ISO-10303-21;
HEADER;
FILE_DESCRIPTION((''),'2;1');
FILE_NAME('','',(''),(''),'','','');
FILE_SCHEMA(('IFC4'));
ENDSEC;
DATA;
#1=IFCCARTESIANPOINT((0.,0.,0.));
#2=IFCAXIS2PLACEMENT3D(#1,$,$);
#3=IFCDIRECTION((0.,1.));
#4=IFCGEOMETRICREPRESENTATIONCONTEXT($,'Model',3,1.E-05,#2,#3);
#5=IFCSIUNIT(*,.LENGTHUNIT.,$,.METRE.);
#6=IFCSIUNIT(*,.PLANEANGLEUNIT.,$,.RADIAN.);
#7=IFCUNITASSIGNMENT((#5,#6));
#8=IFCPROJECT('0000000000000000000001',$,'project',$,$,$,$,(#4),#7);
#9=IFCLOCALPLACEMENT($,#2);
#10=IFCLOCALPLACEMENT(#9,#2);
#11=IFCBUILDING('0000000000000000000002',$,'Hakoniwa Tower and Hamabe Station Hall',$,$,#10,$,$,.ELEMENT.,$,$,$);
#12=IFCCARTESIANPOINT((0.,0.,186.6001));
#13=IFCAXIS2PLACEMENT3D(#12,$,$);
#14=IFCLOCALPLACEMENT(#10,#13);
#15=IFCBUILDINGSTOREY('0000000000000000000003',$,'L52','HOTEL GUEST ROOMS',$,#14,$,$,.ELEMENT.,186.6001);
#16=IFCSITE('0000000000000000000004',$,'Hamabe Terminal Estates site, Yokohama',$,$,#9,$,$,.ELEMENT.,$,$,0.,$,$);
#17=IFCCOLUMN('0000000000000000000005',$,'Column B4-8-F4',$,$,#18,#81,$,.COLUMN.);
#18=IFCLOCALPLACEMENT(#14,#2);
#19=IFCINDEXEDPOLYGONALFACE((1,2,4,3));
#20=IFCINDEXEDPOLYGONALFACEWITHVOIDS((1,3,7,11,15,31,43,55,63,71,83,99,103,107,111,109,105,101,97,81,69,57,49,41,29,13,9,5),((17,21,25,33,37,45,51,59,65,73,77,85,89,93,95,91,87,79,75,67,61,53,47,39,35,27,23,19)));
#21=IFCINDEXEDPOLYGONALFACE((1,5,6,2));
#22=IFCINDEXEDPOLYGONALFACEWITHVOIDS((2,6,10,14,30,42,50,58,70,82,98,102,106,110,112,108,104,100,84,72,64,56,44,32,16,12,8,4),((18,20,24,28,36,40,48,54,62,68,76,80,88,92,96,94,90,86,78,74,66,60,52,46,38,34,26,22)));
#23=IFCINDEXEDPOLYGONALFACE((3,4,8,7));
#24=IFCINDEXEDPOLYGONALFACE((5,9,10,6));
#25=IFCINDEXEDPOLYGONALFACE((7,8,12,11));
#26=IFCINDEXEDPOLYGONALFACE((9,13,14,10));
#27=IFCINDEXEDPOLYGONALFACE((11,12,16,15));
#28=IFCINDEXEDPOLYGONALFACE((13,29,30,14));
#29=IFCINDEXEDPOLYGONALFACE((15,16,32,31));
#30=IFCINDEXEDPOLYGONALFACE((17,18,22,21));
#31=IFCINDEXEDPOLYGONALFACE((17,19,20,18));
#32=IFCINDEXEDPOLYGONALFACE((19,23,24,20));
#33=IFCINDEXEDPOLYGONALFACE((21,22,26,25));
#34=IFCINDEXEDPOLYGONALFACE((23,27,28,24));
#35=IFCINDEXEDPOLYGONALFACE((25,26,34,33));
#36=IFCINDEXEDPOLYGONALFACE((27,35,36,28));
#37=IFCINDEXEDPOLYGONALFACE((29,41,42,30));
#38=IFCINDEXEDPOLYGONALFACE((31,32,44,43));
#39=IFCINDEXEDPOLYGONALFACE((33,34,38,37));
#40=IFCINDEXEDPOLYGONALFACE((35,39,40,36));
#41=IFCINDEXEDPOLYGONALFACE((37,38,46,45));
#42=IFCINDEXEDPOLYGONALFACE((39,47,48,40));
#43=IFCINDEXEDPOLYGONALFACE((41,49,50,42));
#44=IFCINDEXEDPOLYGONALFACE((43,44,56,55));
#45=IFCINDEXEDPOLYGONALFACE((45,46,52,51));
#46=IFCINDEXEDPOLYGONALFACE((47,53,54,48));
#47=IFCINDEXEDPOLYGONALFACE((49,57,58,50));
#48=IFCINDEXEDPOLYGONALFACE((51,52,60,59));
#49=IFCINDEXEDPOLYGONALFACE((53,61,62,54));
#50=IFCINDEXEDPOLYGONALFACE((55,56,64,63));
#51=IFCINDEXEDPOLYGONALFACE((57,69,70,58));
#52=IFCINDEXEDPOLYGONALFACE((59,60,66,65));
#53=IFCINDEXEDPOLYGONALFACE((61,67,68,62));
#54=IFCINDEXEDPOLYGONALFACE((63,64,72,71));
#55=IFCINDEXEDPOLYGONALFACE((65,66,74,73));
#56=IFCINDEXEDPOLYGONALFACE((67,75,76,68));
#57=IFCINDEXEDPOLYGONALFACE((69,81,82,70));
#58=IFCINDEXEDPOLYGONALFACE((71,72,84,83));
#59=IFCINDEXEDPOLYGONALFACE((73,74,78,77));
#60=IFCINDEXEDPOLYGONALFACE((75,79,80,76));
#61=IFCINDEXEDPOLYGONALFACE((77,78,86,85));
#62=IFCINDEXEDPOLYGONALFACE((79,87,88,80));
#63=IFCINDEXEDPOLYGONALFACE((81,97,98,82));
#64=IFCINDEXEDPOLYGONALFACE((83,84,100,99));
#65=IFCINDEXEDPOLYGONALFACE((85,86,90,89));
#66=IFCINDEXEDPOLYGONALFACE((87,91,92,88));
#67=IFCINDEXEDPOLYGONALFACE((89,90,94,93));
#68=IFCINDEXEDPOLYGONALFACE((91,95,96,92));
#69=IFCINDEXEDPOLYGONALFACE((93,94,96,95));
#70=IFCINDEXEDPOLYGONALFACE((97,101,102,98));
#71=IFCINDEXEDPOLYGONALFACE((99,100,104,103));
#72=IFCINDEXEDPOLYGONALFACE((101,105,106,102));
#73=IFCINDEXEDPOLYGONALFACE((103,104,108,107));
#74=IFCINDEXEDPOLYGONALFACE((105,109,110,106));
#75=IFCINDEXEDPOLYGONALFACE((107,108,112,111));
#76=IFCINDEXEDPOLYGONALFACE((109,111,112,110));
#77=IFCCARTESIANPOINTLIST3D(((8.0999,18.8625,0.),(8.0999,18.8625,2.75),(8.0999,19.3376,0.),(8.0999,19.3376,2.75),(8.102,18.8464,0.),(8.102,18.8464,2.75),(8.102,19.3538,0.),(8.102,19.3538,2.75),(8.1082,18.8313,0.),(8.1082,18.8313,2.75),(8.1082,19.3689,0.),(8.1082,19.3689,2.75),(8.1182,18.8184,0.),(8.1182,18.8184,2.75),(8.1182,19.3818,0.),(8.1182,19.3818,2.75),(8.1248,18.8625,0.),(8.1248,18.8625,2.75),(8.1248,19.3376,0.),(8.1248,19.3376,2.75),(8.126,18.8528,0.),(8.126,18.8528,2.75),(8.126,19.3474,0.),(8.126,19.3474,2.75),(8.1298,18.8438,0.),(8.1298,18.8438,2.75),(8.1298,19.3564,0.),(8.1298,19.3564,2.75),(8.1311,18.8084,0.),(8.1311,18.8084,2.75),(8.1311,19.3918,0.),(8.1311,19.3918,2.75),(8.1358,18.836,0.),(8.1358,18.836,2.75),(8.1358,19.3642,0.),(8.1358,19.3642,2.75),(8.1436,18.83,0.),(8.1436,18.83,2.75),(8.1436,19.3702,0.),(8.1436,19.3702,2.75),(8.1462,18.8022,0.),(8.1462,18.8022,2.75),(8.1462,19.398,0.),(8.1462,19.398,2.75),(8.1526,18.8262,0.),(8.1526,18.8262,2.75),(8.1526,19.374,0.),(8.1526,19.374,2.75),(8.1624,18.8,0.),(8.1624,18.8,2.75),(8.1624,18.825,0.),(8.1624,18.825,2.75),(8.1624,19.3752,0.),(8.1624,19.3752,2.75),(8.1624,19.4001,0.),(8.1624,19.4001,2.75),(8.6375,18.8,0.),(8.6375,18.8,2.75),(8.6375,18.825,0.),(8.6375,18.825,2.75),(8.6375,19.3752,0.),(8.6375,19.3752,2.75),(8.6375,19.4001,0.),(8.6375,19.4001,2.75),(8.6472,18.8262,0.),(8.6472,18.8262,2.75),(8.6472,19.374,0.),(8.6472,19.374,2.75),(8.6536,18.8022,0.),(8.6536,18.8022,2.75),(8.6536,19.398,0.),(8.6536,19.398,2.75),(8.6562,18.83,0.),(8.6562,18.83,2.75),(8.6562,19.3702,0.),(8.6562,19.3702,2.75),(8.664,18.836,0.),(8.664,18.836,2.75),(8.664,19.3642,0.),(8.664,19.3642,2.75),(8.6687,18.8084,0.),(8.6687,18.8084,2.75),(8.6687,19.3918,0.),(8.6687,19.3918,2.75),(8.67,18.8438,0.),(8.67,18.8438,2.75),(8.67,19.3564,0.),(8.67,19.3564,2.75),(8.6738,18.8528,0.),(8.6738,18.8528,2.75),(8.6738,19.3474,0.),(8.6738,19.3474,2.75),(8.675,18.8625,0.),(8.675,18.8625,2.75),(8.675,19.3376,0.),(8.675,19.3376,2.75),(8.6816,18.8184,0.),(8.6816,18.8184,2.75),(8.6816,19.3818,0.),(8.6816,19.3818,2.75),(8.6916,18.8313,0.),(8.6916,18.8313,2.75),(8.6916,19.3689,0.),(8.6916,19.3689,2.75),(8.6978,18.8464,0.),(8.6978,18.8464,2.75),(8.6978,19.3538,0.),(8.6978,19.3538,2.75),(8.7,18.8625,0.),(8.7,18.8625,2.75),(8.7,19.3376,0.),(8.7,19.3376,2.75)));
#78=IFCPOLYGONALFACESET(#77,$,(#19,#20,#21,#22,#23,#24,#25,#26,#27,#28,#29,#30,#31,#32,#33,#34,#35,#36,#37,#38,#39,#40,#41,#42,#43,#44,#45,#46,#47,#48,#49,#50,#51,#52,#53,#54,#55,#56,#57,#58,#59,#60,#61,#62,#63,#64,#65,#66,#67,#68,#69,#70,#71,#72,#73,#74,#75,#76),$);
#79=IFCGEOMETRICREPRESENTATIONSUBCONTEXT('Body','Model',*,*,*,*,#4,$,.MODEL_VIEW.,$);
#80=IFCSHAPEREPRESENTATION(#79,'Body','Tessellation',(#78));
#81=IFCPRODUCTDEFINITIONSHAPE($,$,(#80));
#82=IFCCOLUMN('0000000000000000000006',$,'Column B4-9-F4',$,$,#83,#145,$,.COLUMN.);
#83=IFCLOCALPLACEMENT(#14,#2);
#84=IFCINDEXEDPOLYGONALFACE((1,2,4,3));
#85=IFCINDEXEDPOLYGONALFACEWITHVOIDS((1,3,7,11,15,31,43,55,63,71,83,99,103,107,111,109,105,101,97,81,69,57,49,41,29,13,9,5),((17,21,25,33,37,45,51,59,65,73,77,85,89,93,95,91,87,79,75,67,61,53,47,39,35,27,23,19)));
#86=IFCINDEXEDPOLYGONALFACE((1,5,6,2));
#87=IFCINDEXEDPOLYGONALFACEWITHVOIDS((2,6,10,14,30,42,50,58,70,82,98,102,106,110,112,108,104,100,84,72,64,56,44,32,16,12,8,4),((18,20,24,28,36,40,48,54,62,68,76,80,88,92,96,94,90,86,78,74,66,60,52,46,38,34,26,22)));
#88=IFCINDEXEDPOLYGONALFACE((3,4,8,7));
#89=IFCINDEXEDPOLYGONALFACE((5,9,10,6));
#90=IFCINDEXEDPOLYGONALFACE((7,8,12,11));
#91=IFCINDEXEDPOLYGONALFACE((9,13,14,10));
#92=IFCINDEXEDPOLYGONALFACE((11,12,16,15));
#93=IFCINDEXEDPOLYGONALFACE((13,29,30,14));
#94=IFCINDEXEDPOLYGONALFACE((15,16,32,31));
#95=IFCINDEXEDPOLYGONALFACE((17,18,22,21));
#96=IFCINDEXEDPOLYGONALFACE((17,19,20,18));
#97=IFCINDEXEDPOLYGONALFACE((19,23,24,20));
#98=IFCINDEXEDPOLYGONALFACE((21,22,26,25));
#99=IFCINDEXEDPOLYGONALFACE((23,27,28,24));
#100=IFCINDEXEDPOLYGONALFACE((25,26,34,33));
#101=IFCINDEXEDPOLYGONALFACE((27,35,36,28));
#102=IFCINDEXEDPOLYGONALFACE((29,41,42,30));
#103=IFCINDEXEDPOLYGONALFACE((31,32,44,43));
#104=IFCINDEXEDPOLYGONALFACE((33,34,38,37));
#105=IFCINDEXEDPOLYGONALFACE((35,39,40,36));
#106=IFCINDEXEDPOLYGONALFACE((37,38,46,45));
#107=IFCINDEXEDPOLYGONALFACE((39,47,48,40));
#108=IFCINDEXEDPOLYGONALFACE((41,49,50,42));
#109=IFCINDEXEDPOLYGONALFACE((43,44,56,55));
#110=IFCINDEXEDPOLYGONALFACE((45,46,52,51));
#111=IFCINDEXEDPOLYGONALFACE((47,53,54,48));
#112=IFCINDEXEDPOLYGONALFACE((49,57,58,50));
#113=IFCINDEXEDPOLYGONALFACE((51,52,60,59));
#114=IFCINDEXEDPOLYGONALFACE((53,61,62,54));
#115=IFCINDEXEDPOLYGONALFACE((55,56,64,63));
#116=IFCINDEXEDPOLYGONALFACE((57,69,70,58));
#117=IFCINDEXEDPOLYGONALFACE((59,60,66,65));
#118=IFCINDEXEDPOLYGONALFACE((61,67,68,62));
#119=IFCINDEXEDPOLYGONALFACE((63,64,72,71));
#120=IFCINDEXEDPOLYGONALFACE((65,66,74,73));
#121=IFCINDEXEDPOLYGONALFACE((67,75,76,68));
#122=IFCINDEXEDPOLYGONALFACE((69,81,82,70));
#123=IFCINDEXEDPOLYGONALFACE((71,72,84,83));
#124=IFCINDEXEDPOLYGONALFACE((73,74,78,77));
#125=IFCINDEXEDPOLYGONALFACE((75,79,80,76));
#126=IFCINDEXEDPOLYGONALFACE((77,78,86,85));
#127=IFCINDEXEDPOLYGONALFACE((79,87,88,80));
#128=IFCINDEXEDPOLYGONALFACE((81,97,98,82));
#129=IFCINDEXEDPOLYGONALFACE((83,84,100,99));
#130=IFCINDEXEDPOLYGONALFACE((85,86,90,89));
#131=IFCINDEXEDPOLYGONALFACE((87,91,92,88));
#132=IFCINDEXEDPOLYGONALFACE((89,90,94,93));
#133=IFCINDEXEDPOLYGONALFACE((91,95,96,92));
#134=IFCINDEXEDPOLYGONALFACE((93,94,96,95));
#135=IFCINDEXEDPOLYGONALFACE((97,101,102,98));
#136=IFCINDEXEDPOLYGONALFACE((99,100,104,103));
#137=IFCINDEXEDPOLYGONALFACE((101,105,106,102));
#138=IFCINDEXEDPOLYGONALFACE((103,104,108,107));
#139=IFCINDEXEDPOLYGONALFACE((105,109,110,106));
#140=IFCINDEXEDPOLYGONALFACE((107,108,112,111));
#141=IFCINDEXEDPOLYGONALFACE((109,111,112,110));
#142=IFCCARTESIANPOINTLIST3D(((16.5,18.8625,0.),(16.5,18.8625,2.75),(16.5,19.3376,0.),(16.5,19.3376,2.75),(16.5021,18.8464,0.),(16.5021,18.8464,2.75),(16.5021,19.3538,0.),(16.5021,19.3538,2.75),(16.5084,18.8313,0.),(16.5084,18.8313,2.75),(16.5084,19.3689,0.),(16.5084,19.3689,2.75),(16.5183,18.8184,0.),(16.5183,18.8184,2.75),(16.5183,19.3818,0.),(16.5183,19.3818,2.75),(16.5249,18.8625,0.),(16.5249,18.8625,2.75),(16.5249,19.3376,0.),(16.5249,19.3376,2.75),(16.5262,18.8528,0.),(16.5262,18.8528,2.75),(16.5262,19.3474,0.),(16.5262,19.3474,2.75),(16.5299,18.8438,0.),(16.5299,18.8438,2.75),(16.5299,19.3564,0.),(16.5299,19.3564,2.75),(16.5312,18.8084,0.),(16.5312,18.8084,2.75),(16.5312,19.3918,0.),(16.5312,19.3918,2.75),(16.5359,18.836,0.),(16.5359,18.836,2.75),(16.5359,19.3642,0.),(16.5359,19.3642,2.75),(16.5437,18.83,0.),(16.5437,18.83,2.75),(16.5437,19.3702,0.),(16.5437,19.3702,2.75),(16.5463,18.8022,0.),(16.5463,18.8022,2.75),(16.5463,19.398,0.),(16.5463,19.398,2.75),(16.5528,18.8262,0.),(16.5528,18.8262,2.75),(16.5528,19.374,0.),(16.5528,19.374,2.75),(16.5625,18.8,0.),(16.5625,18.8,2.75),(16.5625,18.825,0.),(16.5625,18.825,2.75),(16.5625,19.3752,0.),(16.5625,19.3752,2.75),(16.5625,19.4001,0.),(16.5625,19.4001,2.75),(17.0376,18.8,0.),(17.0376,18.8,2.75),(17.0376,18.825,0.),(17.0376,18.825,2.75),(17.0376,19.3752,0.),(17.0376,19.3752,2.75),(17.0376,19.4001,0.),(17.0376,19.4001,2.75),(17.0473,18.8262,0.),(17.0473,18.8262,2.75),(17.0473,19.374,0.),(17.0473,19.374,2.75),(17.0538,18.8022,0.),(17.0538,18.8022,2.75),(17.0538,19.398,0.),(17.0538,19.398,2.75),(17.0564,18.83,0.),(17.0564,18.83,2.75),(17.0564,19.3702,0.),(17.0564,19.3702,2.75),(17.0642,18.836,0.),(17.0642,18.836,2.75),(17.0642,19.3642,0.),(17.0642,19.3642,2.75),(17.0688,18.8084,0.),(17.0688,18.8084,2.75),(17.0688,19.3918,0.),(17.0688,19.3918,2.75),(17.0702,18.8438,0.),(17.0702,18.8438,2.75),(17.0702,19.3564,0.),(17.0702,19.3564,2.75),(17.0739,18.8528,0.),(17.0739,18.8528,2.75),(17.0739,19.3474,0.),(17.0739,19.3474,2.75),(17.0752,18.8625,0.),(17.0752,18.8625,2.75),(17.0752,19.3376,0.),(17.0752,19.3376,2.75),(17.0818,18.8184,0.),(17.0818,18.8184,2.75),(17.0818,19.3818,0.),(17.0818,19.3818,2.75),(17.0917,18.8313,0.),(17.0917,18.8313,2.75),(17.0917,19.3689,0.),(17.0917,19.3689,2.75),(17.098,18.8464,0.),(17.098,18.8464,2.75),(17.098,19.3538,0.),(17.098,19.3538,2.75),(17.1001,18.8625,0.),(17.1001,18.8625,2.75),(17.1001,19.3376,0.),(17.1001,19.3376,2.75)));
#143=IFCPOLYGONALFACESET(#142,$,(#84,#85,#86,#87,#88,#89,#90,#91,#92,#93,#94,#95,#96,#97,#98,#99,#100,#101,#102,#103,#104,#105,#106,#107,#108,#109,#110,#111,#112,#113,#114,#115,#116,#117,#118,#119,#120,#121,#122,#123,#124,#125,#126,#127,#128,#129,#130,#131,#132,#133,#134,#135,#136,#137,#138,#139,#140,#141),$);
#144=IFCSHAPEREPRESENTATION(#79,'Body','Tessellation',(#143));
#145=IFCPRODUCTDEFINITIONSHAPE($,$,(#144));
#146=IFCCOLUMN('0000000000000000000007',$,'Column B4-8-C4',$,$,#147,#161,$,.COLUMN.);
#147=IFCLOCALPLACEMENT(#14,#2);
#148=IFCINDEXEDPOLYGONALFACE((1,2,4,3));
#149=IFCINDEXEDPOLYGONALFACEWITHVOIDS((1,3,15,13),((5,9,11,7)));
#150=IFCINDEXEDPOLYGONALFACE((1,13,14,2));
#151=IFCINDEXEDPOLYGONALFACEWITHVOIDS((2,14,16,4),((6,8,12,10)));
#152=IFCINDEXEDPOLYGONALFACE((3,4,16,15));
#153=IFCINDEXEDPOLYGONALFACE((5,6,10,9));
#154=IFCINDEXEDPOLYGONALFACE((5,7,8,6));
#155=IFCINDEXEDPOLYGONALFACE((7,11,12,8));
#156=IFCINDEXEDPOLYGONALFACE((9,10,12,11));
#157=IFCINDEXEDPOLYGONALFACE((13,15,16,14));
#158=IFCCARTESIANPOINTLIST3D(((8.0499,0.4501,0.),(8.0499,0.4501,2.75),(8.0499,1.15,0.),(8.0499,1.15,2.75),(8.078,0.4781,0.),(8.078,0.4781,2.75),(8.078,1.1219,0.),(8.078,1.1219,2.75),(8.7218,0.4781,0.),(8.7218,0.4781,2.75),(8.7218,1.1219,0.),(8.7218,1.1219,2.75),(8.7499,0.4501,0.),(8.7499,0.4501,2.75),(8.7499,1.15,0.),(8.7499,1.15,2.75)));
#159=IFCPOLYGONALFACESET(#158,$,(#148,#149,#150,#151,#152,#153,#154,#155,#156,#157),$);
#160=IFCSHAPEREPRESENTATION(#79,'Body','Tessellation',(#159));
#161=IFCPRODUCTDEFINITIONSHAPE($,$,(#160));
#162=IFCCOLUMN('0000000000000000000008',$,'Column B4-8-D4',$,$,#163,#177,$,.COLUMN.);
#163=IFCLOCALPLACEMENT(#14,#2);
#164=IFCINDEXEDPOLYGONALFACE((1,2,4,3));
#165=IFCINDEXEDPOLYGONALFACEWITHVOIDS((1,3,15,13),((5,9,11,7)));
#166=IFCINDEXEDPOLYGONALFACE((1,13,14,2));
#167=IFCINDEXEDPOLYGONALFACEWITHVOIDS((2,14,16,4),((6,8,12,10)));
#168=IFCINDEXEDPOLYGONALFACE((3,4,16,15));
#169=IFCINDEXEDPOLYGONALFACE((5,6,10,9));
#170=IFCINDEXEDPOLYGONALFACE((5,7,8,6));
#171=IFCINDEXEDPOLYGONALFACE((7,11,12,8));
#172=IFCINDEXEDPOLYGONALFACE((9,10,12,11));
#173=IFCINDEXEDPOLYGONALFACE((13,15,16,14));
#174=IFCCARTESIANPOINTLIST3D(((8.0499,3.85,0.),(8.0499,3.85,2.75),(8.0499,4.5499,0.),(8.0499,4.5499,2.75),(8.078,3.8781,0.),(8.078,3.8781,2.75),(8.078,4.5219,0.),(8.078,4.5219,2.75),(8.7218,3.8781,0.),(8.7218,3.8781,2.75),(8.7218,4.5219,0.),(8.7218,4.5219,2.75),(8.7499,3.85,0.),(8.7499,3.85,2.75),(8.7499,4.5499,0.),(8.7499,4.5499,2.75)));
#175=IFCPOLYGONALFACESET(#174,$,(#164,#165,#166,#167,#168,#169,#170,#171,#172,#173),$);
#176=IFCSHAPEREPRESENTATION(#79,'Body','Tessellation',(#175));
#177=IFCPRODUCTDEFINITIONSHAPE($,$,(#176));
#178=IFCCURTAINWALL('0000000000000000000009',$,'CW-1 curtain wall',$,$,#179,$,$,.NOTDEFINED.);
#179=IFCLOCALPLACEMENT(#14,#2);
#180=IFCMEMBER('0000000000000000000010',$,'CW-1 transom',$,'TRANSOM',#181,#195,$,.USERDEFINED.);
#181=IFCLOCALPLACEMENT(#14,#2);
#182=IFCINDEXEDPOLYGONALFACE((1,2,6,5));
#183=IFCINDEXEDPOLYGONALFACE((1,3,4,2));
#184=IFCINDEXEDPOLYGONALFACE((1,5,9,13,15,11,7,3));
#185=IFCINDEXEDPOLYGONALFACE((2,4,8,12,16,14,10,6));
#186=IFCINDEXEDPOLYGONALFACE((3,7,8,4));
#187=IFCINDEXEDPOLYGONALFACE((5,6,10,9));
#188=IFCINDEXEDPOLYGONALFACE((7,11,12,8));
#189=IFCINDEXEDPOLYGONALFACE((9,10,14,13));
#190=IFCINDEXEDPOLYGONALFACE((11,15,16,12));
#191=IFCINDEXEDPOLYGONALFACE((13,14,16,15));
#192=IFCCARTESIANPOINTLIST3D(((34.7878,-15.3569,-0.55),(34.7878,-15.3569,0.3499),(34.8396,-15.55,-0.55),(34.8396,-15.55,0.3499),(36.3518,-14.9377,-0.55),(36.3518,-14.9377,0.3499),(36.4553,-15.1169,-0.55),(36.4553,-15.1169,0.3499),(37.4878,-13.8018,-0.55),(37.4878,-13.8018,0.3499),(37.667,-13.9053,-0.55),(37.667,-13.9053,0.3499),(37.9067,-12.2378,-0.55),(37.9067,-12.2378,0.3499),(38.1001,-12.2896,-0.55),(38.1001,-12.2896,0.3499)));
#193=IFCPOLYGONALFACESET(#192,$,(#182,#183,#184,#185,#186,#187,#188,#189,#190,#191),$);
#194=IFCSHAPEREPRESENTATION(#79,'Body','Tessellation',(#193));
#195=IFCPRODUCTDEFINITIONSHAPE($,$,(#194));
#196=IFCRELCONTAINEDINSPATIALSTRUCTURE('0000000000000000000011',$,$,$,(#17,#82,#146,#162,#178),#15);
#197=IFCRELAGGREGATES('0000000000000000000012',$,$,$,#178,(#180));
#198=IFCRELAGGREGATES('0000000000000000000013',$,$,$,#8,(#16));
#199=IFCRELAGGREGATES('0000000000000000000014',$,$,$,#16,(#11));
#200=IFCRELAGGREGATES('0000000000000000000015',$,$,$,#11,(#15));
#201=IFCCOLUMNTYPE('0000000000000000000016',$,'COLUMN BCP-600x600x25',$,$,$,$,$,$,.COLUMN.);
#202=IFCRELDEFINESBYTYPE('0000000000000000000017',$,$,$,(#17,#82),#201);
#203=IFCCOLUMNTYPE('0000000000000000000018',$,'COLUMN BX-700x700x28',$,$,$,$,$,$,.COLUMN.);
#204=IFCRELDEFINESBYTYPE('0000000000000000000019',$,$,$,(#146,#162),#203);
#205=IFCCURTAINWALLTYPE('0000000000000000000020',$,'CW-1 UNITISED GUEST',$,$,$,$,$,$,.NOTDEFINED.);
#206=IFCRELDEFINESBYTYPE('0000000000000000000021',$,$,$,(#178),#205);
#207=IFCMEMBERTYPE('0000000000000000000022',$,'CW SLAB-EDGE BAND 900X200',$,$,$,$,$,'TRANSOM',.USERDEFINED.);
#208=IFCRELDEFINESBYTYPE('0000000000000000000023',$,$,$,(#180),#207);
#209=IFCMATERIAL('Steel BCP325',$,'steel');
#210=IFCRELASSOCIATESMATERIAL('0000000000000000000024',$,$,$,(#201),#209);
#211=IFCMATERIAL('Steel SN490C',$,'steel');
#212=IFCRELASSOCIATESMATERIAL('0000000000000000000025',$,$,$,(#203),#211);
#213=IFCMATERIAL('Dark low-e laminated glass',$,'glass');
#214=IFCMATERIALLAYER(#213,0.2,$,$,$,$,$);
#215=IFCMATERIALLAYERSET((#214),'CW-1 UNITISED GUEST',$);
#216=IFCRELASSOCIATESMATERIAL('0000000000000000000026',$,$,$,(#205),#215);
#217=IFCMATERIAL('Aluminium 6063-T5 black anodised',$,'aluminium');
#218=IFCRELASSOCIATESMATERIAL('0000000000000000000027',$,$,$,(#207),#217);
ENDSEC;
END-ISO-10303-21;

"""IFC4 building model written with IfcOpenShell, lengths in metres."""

from ifc_helpers import new_model, si_unit, direction, frame, origin, origin_2d, place, context, subcontext, project, spatial, polyline, rectangle, hollow_rectangle, outline, extrude, material, layer, layer_set, material_profile, profile_set, type_object, element, aggregate, save


model = new_model("IFC4")

# Units and contexts
model_context = context("Model", 3, precision=1e-05, world=origin(), true_north=direction((0.0, 1.0)))
body_context = subcontext(model_context, "Body", "Model", "MODEL_VIEW")
ifc_project = project(units=[si_unit("LENGTHUNIT", "METRE"), si_unit("PLANEANGLEUNIT", "RADIAN")], contexts=[model_context])

# Site, building, storey
site_placement = place(None, origin())
site = spatial("IfcSite", under=ifc_project, at=site_placement, Name="Hamabe Terminal Estates site, Yokohama", CompositionType="ELEMENT", RefElevation=0.0)
building_placement = place(site_placement, origin())
building = spatial("IfcBuilding", under=site, at=building_placement, Name="Hakoniwa Tower and Hamabe Station Hall", CompositionType="ELEMENT")
storey_placement = place(building_placement, frame((0.0, 0.0, 186.6001)))
storey = spatial("IfcBuildingStorey", under=building, at=storey_placement, Name="L52", Description="HOTEL GUEST ROOMS", CompositionType="ELEMENT", Elevation=186.6001)

# Columns
ifc_material_1 = material(Name="Steel BCP325", Category="steel")
ifc_material_profile_1 = material_profile(ifc_material_1, hollow_rectangle(XDim=0.6001, YDim=0.6001, WallThickness=0.0249, InnerFilletRadius=0.0376, OuterFilletRadius=0.0625, at=origin_2d()), Name="BCP-600x600x25")
ifc_profile_set_1 = profile_set([ifc_material_profile_1], Name="Steel BCP325")
column_type_1 = type_object("IfcColumnType", Name="COLUMN BCP-600x600x25", PredefinedType="COLUMN", material=ifc_profile_set_1)
for number, where, z_axis, x_axis, name in (
    (1, (8.3999, 19.1001, 0.0), (0.0, 0.0, 1.0), (1.0, 0.0, 0.0), "Column B4-8-F4"),
    (2, (16.8, 19.1001, 0.0), (0.0, 0.0, 1.0), (1.0, 0.0, 0.0), "Column B4-9-F4"),
):
    element("IfcColumn", number, at=place(storey_placement, frame(where, z_axis=z_axis, x_axis=x_axis)), inside=storey, type_object=column_type_1, Name=name, PredefinedType="COLUMN", context=body_context, shape_type="SweptSolid", body=[
        extrude(hollow_rectangle(XDim=0.6001, YDim=0.6001, WallThickness=0.0249, InnerFilletRadius=0.0376, OuterFilletRadius=0.0625, at=origin_2d()), origin(), (0.0, 0.0, 1.0), 2.75),
    ])
ifc_material_2 = material(Name="Steel SN490C", Category="steel")
ifc_material_profile_2 = material_profile(ifc_material_2, hollow_rectangle(XDim=0.7, YDim=0.7, WallThickness=0.0281, at=origin_2d()), Name="BX-700x700x28")
ifc_profile_set_2 = profile_set([ifc_material_profile_2], Name="Steel SN490C")
column_type_2 = type_object("IfcColumnType", Name="COLUMN BX-700x700x28", PredefinedType="COLUMN", material=ifc_profile_set_2)
for number, where, z_axis, x_axis, name in (
    (3, (8.3999, 0.8, 0.0), (0.0, 0.0, 1.0), (1.0, 0.0, 0.0), "Column B4-8-C4"),
    (4, (8.3999, 4.2, 0.0), (0.0, 0.0, 1.0), (1.0, 0.0, 0.0), "Column B4-8-D4"),
):
    element("IfcColumn", number, at=place(storey_placement, frame(where, z_axis=z_axis, x_axis=x_axis)), inside=storey, type_object=column_type_2, Name=name, PredefinedType="COLUMN", context=body_context, shape_type="SweptSolid", body=[
        extrude(hollow_rectangle(XDim=0.7, YDim=0.7, WallThickness=0.0281, at=origin_2d()), origin(), (0.0, 0.0, 1.0), 2.75),
    ])

# Curtain wall, member
ifc_material_3 = material(Name="Dark low-e laminated glass", Category="glass")
ifc_layer_1 = layer(ifc_material_3, 0.2)
ifc_layer_set_1 = layer_set([ifc_layer_1], Name="CW-1 UNITISED GUEST")
curtain_wall_type = type_object("IfcCurtainWallType", Name="CW-1 UNITISED GUEST", PredefinedType="NOTDEFINED", material=ifc_layer_set_1)
curtain_wall_1_placement = place(storey_placement, origin())
curtain_wall_1 = element("IfcCurtainWall", 5, at=curtain_wall_1_placement, inside=storey, type_object=curtain_wall_type, Name="CW-1 curtain wall", PredefinedType="NOTDEFINED")
ifc_material_4 = material(Name="Aluminium 6063-T5 black anodised", Category="aluminium")
ifc_material_profile_3 = material_profile(ifc_material_4, rectangle(XDim=0.2, YDim=0.8999, at=origin_2d()), Name="CW SLAB-EDGE BAND 900X200")
ifc_profile_set_3 = profile_set([ifc_material_profile_3], Name="Aluminium 6063-T5 black anodised")
member_type_1 = type_object("IfcMemberType", Name="CW SLAB-EDGE BAND 900X200", ElementType="TRANSOM", PredefinedType="USERDEFINED", material=ifc_profile_set_3)
member_1_placement = place(storey_placement, frame((0.0, 0.0, -0.55)))
member_1 = element("IfcMember", 6, at=member_1_placement, type_object=member_type_1, Name="CW-1 transom", ObjectType="TRANSOM", PredefinedType="USERDEFINED", context=body_context, shape_type="SweptSolid", body=[
    extrude(outline(polyline([(34.8396, -15.55), (36.4553, -15.1169), (37.667, -13.9053), (38.1001, -12.2896), (37.9067, -12.2378), (37.4878, -13.8018), (36.3518, -14.9377), (34.7878, -15.3569), (34.8396, -15.55)])), origin(), (0.0, 0.0, 1.0), 0.8999),
])
aggregate(curtain_wall_1, [member_1])

save(model, "model.ifc")
